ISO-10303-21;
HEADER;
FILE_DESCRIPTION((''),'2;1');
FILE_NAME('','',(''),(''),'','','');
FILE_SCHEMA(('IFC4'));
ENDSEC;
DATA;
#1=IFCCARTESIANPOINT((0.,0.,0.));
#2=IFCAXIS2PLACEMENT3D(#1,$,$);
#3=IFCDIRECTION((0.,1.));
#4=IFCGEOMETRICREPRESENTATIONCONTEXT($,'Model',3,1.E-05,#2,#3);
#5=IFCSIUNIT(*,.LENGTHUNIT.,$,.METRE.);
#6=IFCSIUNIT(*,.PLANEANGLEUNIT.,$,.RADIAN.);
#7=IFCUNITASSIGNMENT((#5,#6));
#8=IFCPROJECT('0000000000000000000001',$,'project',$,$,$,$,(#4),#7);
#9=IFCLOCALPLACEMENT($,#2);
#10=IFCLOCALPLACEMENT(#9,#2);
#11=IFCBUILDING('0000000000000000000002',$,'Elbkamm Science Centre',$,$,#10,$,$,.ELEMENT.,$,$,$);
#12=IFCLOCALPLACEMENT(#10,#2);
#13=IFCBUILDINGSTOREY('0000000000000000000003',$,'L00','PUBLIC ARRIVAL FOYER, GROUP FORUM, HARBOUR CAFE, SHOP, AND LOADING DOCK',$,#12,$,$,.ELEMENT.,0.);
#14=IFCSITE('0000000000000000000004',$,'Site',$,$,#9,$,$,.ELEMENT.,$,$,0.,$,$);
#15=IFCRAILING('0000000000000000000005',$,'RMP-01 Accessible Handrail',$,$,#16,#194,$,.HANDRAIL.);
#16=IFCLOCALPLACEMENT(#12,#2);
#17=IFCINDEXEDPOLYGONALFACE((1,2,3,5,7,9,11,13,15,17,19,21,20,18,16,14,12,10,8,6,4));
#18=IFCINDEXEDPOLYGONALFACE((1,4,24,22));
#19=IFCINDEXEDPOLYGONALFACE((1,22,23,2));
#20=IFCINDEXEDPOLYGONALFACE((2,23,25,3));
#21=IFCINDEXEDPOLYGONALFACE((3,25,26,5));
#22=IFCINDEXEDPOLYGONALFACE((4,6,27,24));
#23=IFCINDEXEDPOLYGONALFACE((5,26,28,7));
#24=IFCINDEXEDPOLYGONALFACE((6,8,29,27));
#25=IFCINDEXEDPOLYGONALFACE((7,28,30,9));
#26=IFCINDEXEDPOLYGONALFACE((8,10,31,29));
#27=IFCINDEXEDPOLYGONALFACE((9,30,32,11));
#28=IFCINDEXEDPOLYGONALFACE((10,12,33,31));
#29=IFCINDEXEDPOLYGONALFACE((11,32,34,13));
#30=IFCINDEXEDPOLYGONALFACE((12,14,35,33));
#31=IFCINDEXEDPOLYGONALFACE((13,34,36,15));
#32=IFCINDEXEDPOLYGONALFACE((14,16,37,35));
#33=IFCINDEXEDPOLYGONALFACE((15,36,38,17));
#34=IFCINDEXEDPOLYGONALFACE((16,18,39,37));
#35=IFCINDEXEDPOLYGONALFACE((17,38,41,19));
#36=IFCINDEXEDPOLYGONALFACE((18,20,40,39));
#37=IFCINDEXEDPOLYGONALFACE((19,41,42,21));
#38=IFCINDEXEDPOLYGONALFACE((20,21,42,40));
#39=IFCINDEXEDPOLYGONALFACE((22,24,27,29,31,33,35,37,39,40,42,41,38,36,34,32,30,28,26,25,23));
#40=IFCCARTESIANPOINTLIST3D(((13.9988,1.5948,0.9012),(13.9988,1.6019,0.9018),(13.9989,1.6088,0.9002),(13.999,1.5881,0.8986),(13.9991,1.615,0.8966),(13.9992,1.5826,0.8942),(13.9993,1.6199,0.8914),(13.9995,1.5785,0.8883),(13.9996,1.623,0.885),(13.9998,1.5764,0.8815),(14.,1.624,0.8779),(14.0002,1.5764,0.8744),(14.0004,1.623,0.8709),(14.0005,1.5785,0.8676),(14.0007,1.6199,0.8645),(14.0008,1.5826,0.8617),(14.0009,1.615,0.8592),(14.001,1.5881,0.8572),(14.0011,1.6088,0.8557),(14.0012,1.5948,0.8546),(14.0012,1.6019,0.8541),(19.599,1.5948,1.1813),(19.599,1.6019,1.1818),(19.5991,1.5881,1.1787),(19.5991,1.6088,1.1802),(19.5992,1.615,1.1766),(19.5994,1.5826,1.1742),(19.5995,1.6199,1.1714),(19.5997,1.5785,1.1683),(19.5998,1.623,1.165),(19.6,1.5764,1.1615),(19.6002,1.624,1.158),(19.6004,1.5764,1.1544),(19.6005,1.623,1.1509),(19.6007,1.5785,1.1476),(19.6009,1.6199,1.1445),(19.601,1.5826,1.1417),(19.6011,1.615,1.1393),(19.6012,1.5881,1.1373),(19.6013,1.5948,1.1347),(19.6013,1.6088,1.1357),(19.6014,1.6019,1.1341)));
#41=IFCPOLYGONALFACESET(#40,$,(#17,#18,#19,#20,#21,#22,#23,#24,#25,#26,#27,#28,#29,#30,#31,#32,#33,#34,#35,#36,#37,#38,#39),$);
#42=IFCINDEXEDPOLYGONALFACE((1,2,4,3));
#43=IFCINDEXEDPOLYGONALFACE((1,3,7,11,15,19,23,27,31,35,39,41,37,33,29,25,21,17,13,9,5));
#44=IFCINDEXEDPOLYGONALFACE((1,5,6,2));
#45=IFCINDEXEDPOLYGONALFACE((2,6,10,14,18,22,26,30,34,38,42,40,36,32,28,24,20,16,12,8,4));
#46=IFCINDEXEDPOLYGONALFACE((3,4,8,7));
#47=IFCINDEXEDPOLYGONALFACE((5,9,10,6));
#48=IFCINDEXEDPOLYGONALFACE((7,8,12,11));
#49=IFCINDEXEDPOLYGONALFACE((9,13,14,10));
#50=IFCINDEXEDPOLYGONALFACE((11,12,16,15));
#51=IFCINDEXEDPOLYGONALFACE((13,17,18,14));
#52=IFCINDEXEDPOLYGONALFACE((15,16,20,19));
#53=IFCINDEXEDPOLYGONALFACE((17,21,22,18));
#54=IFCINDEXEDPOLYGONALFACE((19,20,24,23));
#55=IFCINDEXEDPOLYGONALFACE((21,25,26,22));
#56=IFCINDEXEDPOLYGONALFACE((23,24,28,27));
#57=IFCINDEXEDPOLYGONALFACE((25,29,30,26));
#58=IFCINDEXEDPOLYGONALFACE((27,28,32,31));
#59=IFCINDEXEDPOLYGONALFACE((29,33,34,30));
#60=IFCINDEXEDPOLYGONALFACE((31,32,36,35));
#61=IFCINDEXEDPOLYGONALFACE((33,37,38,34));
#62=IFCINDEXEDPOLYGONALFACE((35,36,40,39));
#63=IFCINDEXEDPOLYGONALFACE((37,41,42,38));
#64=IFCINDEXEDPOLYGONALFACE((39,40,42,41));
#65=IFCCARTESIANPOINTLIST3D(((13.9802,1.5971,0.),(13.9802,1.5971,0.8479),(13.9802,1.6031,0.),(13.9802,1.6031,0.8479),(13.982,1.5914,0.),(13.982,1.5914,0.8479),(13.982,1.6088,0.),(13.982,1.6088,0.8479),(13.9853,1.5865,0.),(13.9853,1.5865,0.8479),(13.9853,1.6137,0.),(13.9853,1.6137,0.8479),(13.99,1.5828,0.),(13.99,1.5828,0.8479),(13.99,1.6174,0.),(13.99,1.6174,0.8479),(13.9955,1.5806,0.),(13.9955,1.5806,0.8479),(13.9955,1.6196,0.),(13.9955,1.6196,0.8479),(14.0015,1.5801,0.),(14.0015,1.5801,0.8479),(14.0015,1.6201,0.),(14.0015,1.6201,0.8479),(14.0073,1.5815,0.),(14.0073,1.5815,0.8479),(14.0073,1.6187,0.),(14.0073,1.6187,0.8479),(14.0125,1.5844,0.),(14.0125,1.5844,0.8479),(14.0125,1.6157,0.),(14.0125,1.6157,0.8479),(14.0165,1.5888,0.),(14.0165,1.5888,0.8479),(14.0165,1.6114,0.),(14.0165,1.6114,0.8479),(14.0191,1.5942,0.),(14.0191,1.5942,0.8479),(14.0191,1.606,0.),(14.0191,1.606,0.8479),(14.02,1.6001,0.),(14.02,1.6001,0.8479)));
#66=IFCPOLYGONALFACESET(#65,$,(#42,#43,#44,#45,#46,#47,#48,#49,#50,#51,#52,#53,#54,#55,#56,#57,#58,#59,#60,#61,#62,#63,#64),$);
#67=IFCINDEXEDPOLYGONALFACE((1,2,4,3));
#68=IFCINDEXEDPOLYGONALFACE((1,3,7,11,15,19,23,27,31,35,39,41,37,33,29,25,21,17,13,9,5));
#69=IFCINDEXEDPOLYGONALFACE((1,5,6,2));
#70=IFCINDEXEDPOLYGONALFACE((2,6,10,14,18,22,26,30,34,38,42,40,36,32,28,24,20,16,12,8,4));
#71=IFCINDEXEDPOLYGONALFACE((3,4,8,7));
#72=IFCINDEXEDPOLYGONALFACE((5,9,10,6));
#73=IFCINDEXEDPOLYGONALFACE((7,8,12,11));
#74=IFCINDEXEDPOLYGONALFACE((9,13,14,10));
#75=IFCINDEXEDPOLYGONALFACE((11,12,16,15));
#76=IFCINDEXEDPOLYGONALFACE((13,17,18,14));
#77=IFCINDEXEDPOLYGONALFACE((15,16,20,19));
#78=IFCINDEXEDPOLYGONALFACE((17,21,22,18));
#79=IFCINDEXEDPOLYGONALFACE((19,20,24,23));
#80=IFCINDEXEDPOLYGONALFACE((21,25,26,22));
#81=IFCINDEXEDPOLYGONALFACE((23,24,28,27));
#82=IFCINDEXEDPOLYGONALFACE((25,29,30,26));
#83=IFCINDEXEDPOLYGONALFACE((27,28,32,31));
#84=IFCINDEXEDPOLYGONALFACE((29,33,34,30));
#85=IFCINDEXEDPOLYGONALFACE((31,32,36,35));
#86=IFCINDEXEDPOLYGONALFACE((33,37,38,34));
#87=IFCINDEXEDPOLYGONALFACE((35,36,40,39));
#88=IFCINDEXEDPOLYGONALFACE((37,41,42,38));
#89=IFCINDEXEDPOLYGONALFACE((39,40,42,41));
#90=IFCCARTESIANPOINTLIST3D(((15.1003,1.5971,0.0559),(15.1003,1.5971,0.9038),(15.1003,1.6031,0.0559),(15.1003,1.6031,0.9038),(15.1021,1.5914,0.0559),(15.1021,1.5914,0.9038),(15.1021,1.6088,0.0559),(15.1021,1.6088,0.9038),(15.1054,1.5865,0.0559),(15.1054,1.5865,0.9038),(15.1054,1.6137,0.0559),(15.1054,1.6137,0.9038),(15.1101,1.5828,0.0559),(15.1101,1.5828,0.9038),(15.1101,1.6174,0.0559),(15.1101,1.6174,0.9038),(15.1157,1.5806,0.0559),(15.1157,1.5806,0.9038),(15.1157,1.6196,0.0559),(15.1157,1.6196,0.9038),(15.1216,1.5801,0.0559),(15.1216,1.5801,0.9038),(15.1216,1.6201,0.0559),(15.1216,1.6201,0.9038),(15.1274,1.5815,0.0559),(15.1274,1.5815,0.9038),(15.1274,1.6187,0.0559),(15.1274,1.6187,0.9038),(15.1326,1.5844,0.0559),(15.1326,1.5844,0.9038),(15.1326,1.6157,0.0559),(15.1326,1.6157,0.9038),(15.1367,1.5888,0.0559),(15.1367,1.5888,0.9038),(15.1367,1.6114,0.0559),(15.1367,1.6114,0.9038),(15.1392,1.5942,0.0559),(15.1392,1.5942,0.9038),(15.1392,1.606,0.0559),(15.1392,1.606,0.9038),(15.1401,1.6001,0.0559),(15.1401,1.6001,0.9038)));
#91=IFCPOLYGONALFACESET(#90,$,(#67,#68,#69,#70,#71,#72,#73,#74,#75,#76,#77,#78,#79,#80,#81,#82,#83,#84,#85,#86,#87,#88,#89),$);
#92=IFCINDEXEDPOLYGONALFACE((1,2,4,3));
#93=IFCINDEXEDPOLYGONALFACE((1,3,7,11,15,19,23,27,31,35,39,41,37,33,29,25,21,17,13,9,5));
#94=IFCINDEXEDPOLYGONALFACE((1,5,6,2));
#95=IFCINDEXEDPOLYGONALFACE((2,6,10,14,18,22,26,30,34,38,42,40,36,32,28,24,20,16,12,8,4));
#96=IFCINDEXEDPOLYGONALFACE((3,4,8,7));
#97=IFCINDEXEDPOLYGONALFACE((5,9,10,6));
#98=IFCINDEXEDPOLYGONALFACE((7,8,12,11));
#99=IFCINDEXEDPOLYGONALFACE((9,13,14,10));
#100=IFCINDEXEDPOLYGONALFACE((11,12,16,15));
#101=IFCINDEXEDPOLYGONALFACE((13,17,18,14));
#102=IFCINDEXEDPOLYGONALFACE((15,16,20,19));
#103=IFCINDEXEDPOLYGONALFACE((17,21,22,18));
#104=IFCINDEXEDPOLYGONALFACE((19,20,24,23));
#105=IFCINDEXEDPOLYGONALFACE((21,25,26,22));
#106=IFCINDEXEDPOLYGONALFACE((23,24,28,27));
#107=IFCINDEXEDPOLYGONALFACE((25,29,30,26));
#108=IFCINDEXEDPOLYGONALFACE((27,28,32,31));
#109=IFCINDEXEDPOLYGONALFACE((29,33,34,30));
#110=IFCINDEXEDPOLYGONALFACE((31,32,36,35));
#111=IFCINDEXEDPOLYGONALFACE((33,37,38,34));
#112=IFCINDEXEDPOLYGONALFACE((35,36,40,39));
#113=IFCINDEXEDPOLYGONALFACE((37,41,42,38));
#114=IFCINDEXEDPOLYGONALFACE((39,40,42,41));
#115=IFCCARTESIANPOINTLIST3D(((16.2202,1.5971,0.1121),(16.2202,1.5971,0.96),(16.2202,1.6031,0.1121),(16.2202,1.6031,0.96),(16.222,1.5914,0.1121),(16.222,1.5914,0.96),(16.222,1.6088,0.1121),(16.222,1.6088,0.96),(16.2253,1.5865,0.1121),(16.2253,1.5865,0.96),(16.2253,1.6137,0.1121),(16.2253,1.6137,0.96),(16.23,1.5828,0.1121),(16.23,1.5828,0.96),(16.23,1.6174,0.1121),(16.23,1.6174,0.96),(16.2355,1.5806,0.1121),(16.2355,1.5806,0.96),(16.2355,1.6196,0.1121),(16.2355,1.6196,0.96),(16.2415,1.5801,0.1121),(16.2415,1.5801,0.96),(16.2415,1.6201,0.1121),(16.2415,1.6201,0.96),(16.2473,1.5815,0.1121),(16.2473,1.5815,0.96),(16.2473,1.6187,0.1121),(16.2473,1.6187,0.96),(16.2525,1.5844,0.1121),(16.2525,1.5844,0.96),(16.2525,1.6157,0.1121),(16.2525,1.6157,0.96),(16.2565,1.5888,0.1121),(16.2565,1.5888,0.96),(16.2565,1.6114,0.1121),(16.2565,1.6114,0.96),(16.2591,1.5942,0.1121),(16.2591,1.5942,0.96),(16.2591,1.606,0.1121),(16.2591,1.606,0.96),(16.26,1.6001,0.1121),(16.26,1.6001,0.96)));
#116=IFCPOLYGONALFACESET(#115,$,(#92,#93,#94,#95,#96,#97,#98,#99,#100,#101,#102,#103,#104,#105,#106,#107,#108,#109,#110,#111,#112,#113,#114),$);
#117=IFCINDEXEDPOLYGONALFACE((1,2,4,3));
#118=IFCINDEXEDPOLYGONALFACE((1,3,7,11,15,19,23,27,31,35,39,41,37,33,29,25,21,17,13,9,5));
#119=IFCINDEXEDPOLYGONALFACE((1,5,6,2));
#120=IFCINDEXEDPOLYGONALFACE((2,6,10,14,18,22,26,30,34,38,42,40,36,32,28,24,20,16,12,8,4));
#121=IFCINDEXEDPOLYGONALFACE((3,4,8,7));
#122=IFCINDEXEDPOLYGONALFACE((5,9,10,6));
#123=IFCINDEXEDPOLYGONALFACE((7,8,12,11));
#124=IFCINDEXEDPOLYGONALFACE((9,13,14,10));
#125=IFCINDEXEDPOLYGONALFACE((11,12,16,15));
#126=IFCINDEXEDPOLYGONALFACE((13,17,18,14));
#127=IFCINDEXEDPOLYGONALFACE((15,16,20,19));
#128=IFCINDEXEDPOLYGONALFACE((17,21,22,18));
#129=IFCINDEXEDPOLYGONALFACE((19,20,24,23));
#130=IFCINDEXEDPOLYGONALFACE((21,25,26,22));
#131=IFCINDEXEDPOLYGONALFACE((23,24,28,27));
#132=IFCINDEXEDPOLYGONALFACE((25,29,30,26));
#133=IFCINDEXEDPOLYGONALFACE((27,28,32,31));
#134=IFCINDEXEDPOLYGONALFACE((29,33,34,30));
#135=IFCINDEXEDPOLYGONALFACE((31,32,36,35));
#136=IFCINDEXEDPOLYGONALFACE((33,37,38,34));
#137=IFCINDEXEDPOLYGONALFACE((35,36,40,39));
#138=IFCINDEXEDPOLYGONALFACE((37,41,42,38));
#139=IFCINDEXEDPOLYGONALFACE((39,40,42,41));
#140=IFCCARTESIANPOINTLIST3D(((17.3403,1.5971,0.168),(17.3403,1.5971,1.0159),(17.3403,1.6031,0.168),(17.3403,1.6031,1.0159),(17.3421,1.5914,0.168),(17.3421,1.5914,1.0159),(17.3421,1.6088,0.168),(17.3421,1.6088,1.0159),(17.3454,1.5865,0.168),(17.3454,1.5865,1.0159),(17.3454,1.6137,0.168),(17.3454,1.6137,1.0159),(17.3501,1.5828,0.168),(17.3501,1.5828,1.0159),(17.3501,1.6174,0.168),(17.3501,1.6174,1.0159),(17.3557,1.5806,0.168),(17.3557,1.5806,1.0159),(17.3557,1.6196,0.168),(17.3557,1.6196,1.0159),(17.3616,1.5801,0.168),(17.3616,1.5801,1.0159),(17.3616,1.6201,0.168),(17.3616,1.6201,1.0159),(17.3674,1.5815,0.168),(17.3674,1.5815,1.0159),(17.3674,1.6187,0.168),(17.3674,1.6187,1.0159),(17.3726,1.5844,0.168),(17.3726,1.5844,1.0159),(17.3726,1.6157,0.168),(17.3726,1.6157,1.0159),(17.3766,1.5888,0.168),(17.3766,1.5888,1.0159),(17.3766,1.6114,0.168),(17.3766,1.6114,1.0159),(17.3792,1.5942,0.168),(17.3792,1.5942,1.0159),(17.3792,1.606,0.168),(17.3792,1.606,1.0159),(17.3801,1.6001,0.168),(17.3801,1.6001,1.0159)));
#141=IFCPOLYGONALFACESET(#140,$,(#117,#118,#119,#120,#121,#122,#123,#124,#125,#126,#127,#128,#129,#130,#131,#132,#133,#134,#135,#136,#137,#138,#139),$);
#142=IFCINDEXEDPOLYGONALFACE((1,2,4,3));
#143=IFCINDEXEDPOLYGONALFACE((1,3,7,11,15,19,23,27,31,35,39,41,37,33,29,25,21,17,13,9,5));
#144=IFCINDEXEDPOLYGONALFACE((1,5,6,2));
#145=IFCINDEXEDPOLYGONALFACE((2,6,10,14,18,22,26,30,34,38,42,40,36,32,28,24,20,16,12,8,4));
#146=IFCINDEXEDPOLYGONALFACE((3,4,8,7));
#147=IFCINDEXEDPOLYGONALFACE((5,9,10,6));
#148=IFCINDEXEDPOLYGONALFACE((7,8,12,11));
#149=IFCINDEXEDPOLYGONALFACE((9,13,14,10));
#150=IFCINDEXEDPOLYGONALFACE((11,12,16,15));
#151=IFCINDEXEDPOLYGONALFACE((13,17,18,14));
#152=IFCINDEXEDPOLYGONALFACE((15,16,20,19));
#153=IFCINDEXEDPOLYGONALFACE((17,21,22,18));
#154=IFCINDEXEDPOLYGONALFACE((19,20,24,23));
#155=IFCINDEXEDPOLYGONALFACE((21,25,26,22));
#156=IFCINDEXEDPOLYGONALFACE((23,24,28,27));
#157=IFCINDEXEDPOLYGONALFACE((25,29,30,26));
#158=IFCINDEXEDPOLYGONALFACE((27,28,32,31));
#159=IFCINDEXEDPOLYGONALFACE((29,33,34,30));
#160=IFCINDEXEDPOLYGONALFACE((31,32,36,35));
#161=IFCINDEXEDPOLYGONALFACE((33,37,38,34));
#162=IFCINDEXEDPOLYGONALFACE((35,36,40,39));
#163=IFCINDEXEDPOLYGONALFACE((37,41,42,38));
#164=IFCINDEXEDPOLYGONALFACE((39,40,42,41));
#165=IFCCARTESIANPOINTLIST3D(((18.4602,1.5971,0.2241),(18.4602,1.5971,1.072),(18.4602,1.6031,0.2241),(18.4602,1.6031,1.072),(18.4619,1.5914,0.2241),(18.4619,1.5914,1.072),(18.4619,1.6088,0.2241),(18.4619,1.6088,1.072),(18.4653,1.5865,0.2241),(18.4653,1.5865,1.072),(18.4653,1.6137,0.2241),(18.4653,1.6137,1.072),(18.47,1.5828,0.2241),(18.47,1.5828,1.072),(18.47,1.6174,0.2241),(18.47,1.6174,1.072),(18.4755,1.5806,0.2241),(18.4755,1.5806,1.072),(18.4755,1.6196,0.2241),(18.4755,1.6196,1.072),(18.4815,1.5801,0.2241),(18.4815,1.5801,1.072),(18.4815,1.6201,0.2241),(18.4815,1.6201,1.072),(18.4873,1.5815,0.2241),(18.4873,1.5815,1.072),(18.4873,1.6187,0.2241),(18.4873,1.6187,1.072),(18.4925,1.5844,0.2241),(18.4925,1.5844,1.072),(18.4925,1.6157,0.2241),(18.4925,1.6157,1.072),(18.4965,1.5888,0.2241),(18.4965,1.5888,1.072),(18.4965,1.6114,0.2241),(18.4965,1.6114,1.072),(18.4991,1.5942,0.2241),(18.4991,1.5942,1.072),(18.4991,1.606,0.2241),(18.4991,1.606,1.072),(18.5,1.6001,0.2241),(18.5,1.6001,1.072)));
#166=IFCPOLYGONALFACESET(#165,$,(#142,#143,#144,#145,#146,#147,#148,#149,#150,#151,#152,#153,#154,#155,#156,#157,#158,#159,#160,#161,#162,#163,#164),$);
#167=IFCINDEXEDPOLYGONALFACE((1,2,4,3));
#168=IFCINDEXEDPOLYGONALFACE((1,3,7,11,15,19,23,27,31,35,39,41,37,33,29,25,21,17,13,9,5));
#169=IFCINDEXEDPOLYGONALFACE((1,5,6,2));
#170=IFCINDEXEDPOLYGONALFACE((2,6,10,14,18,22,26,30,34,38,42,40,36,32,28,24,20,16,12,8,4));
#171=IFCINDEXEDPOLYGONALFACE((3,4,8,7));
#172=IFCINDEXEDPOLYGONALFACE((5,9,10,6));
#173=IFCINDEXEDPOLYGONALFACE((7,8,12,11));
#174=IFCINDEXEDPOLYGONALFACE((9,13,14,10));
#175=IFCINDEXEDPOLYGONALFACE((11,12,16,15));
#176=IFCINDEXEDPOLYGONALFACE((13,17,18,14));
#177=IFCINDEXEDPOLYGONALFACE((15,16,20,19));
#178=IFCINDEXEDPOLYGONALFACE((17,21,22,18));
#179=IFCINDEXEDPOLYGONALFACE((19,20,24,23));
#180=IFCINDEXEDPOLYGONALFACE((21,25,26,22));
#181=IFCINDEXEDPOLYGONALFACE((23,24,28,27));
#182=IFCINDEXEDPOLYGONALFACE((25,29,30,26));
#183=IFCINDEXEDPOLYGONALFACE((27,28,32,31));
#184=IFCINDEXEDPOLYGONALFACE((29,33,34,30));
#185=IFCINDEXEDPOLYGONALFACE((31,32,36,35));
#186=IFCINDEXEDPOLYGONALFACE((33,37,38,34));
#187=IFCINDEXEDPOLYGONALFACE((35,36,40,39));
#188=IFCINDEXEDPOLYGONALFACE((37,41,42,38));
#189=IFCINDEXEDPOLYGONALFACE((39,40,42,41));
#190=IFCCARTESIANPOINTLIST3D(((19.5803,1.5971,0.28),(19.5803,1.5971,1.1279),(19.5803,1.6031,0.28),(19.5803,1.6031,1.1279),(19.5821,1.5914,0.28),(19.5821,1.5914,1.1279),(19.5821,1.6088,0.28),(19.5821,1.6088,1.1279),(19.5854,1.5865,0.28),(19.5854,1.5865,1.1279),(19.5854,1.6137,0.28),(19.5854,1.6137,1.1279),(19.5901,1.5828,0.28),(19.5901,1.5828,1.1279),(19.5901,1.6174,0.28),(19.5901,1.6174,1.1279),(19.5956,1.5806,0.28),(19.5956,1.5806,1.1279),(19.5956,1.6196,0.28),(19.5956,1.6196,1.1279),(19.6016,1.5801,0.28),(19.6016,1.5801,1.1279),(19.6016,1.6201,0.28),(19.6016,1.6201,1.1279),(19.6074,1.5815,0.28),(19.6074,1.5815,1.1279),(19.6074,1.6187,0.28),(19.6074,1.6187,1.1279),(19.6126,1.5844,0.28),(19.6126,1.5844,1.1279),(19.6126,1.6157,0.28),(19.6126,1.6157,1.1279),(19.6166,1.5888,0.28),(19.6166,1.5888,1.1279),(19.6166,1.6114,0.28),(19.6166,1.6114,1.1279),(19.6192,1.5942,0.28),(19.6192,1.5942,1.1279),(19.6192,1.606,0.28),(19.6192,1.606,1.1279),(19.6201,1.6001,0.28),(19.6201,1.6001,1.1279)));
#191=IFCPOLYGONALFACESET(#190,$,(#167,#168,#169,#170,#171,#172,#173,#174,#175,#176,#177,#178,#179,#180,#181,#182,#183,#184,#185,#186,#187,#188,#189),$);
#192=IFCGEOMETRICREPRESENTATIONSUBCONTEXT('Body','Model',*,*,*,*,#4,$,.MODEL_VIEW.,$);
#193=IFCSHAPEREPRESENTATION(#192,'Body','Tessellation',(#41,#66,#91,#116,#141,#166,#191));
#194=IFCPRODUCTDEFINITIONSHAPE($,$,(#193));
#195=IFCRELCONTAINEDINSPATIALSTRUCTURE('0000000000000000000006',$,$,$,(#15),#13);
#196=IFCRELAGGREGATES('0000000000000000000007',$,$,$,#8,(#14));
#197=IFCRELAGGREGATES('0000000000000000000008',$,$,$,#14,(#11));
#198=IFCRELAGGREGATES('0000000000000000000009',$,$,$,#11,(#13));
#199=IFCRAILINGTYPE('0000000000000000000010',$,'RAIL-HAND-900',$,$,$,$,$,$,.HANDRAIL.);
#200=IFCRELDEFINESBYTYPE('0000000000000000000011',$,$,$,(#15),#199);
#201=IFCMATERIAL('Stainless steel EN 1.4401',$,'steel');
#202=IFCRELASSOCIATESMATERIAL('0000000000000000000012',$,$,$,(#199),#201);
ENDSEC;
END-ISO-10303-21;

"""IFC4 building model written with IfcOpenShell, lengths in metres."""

from ifc_helpers import new_model, si_unit, direction, frame, origin, origin_2d, place, context, subcontext, project, spatial, circle, extrude, material, type_object, element, save


model = new_model("IFC4")

# Units and contexts
model_context = context("Model", 3, precision=1e-05, world=origin(), true_north=direction((0.0, 1.0)))
body_context = subcontext(model_context, "Body", "Model", "MODEL_VIEW")
ifc_project = project(units=[si_unit("LENGTHUNIT", "METRE"), si_unit("PLANEANGLEUNIT", "RADIAN")], contexts=[model_context])

# Site, building, storey
site_placement = place(None, origin())
site = spatial("IfcSite", under=ifc_project, at=site_placement, Name="Site", CompositionType="ELEMENT", RefElevation=0.0)
building_placement = place(site_placement, origin())
building = spatial("IfcBuilding", under=site, at=building_placement, Name="Elbkamm Science Centre", CompositionType="ELEMENT")
storey_placement = place(building_placement, origin())
storey = spatial("IfcBuildingStorey", under=building, at=storey_placement, Name="L00", Description="PUBLIC ARRIVAL FOYER, GROUP FORUM, HARBOUR CAFE, SHOP, AND LOADING DOCK", CompositionType="ELEMENT", Elevation=0.0)

# Railing
ifc_material_1 = material(Name="Stainless steel EN 1.4401", Category="steel")
railing_type_1 = type_object("IfcRailingType", Name="RAIL-HAND-900", PredefinedType="HANDRAIL", material=ifc_material_1)
railing_1_placement = place(storey_placement, frame((14.0, 1.6001, 0.0)))
element("IfcRailing", 1, at=railing_1_placement, inside=storey, type_object=railing_type_1, Name="RMP-01 Accessible Handrail", PredefinedType="HANDRAIL", context=body_context, shape_type="SweptSolid", body=[
    extrude(circle(Radius=0.0239, at=origin_2d()), frame((0.0, 0.0, 0.8779), z_axis=(0.998752, 0.0, 0.049942), x_axis=(0.0, 1.0, 0.0)), (0.0, 0.0, 1.0), 5.6072),
    extrude(circle(Radius=0.02, at=origin_2d()), origin(), (0.0, 0.0, 1.0), 0.8479),
    extrude(circle(Radius=0.02, at=origin_2d()), frame((1.1201, 0.0, 0.0559)), (0.0, 0.0, 1.0), 0.8479),
    extrude(circle(Radius=0.02, at=origin_2d()), frame((2.24, 0.0, 0.1121)), (0.0, 0.0, 1.0), 0.8479),
    extrude(circle(Radius=0.02, at=origin_2d()), frame((3.3601, 0.0, 0.168)), (0.0, 0.0, 1.0), 0.8479),
    extrude(circle(Radius=0.02, at=origin_2d()), frame((4.48, 0.0, 0.2241)), (0.0, 0.0, 1.0), 0.8479),
    extrude(circle(Radius=0.02, at=origin_2d()), frame((5.6001, 0.0, 0.28)), (0.0, 0.0, 1.0), 0.8479),
])

save(model, "model.ifc")
